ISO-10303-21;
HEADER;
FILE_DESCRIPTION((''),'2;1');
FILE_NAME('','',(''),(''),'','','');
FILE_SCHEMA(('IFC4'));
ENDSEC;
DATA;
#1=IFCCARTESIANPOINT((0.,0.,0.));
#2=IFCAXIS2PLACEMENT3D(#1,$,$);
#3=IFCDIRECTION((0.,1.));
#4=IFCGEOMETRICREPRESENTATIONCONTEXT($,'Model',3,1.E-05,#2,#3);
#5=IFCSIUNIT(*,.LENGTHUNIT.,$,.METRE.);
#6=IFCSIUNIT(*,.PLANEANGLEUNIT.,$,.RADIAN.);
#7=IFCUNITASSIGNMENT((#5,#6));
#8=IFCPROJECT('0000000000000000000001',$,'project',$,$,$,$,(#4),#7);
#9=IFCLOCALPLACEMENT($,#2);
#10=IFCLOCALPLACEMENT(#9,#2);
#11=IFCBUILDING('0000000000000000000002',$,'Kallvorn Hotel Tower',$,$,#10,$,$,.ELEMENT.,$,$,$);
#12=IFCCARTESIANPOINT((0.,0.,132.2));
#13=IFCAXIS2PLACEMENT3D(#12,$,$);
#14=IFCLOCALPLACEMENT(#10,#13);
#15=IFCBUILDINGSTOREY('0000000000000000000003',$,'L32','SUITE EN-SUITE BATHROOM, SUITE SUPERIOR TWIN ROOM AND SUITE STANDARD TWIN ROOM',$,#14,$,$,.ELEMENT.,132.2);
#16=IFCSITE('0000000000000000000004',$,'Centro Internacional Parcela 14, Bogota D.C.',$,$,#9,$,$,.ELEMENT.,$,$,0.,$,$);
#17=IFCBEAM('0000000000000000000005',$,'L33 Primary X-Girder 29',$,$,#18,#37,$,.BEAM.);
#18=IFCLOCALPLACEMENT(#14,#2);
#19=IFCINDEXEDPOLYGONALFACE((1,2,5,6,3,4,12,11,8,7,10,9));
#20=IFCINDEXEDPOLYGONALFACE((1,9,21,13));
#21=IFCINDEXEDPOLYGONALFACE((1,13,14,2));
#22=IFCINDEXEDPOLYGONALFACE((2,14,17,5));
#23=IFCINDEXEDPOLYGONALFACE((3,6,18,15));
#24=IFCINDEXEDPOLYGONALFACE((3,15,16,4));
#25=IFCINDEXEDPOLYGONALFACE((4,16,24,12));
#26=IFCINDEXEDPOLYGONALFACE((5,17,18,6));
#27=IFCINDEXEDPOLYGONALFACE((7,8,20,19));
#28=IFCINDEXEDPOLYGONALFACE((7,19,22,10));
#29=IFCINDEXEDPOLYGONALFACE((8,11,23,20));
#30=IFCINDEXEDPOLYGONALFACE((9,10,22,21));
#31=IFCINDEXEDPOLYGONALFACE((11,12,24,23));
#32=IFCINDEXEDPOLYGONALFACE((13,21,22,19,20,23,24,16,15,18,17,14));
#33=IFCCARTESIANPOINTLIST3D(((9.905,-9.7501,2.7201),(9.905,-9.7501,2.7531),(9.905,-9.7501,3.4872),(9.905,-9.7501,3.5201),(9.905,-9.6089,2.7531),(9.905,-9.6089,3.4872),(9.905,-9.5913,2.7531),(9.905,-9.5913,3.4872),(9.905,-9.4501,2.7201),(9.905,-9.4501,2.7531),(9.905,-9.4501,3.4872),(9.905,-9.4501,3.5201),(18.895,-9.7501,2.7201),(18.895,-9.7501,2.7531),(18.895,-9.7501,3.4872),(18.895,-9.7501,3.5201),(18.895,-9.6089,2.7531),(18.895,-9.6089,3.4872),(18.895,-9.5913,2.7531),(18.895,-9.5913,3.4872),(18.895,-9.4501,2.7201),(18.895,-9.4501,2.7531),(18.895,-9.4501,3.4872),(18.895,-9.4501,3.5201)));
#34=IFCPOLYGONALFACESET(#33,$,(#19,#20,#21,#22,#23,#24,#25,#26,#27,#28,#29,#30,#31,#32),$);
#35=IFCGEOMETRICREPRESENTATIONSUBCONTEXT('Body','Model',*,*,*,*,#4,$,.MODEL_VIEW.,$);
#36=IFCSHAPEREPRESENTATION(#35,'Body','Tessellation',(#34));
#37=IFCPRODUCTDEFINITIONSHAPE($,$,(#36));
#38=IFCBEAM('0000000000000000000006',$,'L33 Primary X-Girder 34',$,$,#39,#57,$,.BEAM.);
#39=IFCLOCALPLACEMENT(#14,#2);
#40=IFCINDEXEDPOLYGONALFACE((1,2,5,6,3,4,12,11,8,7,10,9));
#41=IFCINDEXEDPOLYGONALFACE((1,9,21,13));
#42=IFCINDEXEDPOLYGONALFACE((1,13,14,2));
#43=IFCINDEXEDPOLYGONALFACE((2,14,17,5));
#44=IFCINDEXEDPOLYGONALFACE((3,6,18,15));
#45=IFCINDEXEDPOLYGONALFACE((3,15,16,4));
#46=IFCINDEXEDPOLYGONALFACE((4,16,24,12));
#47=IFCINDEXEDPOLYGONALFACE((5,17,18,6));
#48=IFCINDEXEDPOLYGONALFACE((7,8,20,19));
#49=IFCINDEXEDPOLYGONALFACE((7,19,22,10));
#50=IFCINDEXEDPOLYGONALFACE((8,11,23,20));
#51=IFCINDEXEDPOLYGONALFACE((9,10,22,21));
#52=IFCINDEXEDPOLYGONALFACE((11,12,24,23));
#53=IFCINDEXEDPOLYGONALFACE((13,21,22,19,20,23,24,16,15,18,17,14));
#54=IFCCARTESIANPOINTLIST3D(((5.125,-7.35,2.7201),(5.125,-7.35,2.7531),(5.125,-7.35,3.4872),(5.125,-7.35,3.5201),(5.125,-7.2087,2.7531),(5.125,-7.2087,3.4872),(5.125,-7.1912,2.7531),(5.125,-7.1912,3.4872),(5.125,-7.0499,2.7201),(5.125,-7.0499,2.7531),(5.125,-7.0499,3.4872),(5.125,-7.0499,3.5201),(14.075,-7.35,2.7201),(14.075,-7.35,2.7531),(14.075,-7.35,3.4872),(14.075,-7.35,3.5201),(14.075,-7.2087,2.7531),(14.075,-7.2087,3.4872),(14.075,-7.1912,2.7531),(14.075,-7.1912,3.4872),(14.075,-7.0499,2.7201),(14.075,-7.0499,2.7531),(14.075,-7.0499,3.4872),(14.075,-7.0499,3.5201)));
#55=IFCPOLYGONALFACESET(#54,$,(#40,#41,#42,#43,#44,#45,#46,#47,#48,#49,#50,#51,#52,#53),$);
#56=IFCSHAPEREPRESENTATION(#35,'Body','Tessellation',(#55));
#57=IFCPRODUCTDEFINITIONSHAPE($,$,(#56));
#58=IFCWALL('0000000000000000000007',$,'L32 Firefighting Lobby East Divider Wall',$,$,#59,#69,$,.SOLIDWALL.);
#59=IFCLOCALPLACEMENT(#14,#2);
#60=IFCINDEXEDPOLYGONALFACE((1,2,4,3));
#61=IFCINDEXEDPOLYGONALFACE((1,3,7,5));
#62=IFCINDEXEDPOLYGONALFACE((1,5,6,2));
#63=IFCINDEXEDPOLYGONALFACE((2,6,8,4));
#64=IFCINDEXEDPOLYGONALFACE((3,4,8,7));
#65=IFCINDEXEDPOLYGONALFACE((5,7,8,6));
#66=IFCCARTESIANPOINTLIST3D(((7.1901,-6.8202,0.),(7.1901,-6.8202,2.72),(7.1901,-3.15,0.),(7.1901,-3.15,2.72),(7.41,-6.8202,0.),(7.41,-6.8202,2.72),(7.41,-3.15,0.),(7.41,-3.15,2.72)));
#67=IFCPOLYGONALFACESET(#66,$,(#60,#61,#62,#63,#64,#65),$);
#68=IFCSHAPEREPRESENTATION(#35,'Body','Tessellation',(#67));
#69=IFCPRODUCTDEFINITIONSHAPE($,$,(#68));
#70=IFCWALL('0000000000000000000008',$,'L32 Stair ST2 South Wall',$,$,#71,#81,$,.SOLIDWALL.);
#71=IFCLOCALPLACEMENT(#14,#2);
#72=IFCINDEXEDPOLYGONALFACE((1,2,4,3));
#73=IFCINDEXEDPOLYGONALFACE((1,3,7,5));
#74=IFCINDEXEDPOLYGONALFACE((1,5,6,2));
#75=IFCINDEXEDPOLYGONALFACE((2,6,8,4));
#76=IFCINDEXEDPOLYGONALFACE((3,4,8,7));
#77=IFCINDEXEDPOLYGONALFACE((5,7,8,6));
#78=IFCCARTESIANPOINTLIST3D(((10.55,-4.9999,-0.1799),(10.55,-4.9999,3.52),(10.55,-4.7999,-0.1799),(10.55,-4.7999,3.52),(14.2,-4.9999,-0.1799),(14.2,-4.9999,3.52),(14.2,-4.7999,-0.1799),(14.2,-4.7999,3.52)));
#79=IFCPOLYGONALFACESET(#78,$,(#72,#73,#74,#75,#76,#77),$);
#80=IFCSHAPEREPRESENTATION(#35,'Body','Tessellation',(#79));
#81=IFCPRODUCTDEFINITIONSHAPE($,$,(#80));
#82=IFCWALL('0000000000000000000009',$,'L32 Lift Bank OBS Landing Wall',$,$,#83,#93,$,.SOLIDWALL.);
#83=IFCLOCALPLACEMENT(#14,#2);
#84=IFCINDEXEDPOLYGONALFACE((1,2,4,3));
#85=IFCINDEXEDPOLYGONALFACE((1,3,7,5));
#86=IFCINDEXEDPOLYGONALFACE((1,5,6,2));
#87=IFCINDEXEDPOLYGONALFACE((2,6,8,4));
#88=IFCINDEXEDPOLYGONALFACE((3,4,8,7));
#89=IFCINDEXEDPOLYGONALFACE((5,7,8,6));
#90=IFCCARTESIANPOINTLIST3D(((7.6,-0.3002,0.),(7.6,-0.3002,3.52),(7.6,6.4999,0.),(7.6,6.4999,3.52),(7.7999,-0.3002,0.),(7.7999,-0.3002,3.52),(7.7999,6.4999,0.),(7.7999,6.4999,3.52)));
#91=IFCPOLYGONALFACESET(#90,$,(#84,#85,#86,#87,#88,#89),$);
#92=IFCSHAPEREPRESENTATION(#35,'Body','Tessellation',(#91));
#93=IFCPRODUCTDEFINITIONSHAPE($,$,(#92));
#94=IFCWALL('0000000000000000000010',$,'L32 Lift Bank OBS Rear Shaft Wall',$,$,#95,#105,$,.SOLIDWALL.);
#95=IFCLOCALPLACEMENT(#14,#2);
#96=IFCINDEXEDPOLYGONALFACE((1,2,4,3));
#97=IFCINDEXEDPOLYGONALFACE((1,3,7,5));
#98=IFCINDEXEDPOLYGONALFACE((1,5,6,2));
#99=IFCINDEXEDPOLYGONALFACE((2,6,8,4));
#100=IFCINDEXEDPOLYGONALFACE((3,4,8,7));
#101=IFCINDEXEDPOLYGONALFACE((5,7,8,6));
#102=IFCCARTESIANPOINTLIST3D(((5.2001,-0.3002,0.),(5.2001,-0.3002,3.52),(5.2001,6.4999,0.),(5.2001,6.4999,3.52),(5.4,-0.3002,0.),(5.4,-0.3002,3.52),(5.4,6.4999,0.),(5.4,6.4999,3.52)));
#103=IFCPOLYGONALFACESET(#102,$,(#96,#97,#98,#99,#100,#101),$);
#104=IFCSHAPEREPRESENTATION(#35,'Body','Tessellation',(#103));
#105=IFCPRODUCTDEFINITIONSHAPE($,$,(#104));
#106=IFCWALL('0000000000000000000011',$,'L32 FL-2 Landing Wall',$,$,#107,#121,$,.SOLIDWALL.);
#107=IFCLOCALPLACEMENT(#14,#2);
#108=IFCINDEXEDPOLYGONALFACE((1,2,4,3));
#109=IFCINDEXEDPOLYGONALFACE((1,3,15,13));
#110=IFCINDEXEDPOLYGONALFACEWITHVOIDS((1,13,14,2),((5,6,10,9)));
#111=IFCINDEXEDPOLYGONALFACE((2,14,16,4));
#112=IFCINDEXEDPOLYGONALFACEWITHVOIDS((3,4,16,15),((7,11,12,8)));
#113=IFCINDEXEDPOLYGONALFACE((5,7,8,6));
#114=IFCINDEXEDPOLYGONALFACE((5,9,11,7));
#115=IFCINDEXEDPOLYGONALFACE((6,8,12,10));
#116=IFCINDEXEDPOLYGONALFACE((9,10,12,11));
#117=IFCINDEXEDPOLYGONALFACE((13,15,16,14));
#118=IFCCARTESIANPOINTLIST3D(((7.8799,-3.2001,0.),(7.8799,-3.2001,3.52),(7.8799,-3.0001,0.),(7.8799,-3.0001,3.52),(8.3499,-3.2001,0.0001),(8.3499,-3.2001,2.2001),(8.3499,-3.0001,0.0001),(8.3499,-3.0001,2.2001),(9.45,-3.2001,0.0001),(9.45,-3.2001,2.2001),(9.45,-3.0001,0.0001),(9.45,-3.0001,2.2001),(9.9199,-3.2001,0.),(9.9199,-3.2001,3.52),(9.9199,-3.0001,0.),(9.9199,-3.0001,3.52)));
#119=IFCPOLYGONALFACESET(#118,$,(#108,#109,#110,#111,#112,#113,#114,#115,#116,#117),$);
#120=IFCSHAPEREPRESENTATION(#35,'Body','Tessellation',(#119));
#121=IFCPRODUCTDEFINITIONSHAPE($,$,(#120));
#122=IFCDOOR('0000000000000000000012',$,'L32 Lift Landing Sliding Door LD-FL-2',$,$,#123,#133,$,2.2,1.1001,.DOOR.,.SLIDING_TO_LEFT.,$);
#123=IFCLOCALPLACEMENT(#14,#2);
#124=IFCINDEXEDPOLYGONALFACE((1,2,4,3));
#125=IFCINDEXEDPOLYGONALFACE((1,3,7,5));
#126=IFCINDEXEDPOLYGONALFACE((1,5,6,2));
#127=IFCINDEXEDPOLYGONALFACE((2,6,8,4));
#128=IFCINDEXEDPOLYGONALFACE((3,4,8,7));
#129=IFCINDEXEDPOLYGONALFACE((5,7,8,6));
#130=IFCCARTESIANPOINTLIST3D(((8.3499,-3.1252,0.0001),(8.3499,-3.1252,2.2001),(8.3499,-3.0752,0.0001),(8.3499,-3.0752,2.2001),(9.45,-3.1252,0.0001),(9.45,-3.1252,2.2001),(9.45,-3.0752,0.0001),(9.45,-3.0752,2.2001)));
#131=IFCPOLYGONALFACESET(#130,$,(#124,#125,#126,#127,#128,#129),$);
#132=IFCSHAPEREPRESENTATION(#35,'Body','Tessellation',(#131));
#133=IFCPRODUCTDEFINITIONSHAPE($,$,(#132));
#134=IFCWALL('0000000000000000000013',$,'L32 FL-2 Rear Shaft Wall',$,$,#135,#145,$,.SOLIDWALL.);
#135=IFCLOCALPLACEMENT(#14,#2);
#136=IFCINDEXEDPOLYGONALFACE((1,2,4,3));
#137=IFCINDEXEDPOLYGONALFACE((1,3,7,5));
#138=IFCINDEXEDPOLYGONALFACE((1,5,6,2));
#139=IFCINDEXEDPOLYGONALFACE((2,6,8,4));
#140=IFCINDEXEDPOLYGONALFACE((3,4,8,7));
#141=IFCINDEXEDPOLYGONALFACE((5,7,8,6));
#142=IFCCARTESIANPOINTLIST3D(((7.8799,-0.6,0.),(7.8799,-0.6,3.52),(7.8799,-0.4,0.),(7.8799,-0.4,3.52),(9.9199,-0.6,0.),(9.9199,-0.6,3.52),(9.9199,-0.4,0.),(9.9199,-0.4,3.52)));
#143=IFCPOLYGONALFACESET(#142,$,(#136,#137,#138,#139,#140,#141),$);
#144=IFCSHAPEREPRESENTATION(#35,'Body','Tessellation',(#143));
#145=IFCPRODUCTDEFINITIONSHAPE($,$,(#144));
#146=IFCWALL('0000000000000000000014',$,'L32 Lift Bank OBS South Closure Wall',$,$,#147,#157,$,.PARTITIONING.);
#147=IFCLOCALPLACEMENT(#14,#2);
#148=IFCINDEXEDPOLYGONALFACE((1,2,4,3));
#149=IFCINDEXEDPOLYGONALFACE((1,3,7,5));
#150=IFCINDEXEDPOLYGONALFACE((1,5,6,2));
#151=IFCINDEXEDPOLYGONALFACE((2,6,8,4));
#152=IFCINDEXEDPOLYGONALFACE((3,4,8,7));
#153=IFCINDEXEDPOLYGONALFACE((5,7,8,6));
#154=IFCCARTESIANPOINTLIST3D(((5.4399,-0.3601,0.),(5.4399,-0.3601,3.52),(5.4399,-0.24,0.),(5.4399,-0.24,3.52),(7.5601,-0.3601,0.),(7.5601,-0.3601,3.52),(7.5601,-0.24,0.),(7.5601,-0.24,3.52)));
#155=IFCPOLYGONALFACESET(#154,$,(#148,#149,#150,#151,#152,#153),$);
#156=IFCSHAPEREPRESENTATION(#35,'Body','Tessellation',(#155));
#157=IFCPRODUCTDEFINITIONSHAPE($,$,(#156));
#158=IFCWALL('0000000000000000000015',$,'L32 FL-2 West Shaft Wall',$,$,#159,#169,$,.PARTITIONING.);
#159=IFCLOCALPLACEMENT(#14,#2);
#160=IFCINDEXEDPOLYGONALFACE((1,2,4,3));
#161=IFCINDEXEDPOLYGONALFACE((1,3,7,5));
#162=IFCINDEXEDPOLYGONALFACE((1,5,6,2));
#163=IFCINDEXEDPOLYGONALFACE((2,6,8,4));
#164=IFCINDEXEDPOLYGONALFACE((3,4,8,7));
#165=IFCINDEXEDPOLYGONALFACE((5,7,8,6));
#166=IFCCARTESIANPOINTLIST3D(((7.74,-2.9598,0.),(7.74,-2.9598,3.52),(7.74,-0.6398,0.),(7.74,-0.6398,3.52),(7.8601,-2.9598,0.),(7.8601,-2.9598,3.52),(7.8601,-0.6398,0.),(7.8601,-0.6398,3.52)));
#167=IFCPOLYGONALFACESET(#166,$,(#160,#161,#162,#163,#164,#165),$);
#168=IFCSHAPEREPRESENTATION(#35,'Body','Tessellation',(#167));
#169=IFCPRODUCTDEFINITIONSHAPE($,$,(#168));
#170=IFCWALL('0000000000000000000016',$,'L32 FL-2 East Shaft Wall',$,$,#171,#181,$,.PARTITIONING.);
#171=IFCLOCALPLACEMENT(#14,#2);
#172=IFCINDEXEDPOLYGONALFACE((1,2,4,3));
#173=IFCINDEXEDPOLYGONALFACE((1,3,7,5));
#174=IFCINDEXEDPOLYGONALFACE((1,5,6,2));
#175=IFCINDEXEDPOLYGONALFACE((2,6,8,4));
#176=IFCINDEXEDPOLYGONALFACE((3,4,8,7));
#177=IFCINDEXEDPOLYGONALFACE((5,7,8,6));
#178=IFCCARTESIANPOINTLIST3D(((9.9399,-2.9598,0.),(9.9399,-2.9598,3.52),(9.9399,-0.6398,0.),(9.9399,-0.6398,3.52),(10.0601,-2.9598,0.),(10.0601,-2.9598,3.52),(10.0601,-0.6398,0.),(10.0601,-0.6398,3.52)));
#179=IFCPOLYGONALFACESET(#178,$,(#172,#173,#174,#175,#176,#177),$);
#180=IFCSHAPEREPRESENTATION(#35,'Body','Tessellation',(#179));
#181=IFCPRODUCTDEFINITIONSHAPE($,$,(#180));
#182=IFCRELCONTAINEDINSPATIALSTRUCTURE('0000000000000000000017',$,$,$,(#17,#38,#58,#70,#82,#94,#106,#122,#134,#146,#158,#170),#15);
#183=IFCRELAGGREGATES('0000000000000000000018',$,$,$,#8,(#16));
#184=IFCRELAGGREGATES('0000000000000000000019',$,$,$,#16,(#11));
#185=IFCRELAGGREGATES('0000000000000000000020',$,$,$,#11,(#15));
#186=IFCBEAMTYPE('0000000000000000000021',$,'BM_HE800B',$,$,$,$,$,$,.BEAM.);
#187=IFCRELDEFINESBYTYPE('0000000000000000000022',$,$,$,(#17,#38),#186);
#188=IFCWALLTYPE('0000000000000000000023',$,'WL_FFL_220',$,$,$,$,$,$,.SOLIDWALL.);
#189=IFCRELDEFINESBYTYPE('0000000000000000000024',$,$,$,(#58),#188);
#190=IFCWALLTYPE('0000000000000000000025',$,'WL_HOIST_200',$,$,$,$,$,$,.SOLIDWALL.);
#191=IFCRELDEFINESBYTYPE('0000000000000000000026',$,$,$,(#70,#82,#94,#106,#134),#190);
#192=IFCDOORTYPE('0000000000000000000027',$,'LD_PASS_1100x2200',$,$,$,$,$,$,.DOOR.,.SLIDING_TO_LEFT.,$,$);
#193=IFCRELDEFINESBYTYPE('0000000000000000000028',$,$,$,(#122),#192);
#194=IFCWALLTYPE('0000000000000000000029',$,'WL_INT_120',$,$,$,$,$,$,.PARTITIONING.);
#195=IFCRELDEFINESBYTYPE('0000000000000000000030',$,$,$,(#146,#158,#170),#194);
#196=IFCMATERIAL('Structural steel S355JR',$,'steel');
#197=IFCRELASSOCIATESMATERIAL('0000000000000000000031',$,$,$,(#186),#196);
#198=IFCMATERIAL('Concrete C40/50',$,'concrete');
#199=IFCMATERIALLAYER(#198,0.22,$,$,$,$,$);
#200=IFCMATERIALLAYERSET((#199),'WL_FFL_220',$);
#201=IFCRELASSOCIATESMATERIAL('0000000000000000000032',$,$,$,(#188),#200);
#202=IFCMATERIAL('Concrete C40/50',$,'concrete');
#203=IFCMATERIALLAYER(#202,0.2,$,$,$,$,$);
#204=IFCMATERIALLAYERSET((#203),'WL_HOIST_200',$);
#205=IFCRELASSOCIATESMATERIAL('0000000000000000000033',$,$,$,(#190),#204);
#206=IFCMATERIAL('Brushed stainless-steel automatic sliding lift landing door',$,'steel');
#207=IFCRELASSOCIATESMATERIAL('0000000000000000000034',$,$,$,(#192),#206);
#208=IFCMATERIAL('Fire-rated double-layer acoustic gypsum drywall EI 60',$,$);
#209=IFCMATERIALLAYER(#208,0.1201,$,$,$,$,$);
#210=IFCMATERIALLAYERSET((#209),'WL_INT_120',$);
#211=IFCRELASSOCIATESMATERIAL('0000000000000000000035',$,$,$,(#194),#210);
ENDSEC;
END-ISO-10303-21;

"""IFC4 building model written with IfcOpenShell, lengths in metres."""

from ifc_helpers import new_model, si_unit, direction, frame, frame_2d, origin, origin_2d, place, context, subcontext, project, spatial, rectangle, i_section, extrude, material, layer, layer_set, material_profile, profile_set, type_object, element, fill, save


model = new_model("IFC4")

# Units and contexts
model_context = context("Model", 3, precision=1e-05, world=origin(), true_north=direction((0.0, 1.0)))
body_context = subcontext(model_context, "Body", "Model", "MODEL_VIEW")
ifc_project = project(units=[si_unit("LENGTHUNIT", "METRE"), si_unit("PLANEANGLEUNIT", "RADIAN")], contexts=[model_context])

# Site, building, storey
site_placement = place(None, origin())
site = spatial("IfcSite", under=ifc_project, at=site_placement, Name="Centro Internacional Parcela 14, Bogota D.C.", CompositionType="ELEMENT", RefElevation=0.0)
building_placement = place(site_placement, origin())
building = spatial("IfcBuilding", under=site, at=building_placement, Name="Kallvorn Hotel Tower", CompositionType="ELEMENT")
storey_placement = place(building_placement, frame((0.0, 0.0, 132.2)))
storey = spatial("IfcBuildingStorey", under=building, at=storey_placement, Name="L32", Description="SUITE EN-SUITE BATHROOM, SUITE SUPERIOR TWIN ROOM AND SUITE STANDARD TWIN ROOM", CompositionType="ELEMENT", Elevation=132.2)

# Beams
ifc_material_1 = material(Name="Structural steel S355JR", Category="steel")
ifc_material_profile = material_profile(ifc_material_1, i_section(OverallWidth=0.3, OverallDepth=0.8, WebThickness=0.0176, FlangeThickness=0.033, at=origin_2d()), Name="HE 800 B")
ifc_profile_set = profile_set([ifc_material_profile], Name="Structural steel S355JR")
beam_type = type_object("IfcBeamType", Name="BM_HE800B", PredefinedType="BEAM", material=ifc_profile_set)
beam_1_placement = place(storey_placement, frame((9.905, -9.6001, 3.1201), z_axis=(1.0, 0.0, 0.0), x_axis=(0.0, 1.0, 0.0)))
element("IfcBeam", 1, at=beam_1_placement, inside=storey, type_object=beam_type, Name="L33 Primary X-Girder 29", PredefinedType="BEAM", context=body_context, shape_type="SweptSolid", body=[
    extrude(i_section(OverallWidth=0.3, OverallDepth=0.8, WebThickness=0.0176, FlangeThickness=0.033, at=origin_2d()), origin(), (0.0, 0.0, 1.0), 8.99),
])
beam_2_placement = place(storey_placement, frame((5.125, -7.2, 3.1201), z_axis=(1.0, 0.0, 0.0), x_axis=(0.0, 1.0, 0.0)))
element("IfcBeam", 2, at=beam_2_placement, inside=storey, type_object=beam_type, Name="L33 Primary X-Girder 34", PredefinedType="BEAM", context=body_context, shape_type="SweptSolid", body=[
    extrude(i_section(OverallWidth=0.3, OverallDepth=0.8, WebThickness=0.0176, FlangeThickness=0.033, at=origin_2d()), origin(), (0.0, 0.0, 1.0), 8.95),
])

# Walls
ifc_material_2 = material(Name="Concrete C40/50", Category="concrete")
ifc_layer_1 = layer(ifc_material_2, 0.22)
ifc_layer_set_1 = layer_set([ifc_layer_1], Name="WL_FFL_220")
wall_type_1 = type_object("IfcWallType", Name="WL_FFL_220", PredefinedType="SOLIDWALL", material=ifc_layer_set_1)
wall_1_placement = place(storey_placement, frame((7.3, -6.8201, 0.0), z_axis=(0.0, 0.0, 1.0), x_axis=(0.0, 1.0, 0.0)))
element("IfcWall", 3, at=wall_1_placement, inside=storey, type_object=wall_type_1, Name="L32 Firefighting Lobby East Divider Wall", PredefinedType="SOLIDWALL", context=body_context, shape_type="SweptSolid", body=[
    extrude(rectangle(XDim=3.6702, YDim=0.22, at=frame_2d((1.835, 0.0))), origin(), (0.0, 0.0, 1.0), 2.72),
])
ifc_material_3 = material(Name="Concrete C40/50", Category="concrete")
ifc_layer_2 = layer(ifc_material_3, 0.2)
ifc_layer_set_2 = layer_set([ifc_layer_2], Name="WL_HOIST_200")
wall_type_2 = type_object("IfcWallType", Name="WL_HOIST_200", PredefinedType="SOLIDWALL", material=ifc_layer_set_2)
wall_2_placement = place(storey_placement, frame((10.55, -4.8999, -0.1799), z_axis=(0.0, 0.0, 1.0), x_axis=(1.0, 0.0, 0.0)))
element("IfcWall", 4, at=wall_2_placement, inside=storey, type_object=wall_type_2, Name="L32 Stair ST2 South Wall", PredefinedType="SOLIDWALL", context=body_context, shape_type="SweptSolid", body=[
    extrude(rectangle(XDim=3.6499, YDim=0.2, at=frame_2d((1.825, 0.0))), origin(), (0.0, 0.0, 1.0), 3.7),
])
for number, where, z_axis, x_axis, name in (
    (5, (7.7, -0.3, 0.0), (0.0, 0.0, 1.0), (0.0, 1.0, 0.0), "L32 Lift Bank OBS Landing Wall"),
    (6, (5.3, -0.3, 0.0), (0.0, 0.0, 1.0), (0.0, 1.0, 0.0), "L32 Lift Bank OBS Rear Shaft Wall"),
):
    element("IfcWall", number, at=place(storey_placement, frame(where, z_axis=z_axis, x_axis=x_axis)), inside=storey, type_object=wall_type_2, Name=name, PredefinedType="SOLIDWALL", context=body_context, shape_type="SweptSolid", body=[
        extrude(rectangle(XDim=6.8, YDim=0.2, at=frame_2d((3.3999, 0.0))), origin(), (0.0, 0.0, 1.0), 3.52),
    ])

# Wall, opening, door
wall_3_placement = place(storey_placement, frame((7.8799, -3.1001, 0.0), z_axis=(0.0, 0.0, 1.0), x_axis=(1.0, 0.0, 0.0)))
wall_3 = element("IfcWall", 7, at=wall_3_placement, inside=storey, type_object=wall_type_2, Name="L32 FL-2 Landing Wall", PredefinedType="SOLIDWALL", context=body_context, shape_type="SweptSolid", body=[
    extrude(rectangle(XDim=2.04, YDim=0.2, at=frame_2d((1.02, 0.0))), origin(), (0.0, 0.0, 1.0), 3.52),
])
opening_1_placement = place(wall_3_placement, frame((0.47, 0.0, 0.0)))
opening_1 = element("IfcOpeningElement", 8, at=opening_1_placement, cuts=wall_3, PredefinedType="OPENING", context=body_context, shape_type="SweptSolid", body=[
    extrude(rectangle(XDim=1.1001, YDim=2.2, at=frame_2d((0.55, 1.1001))), frame((0.0, 0.115, 0.0), z_axis=(0.0, -1.0, 0.0), x_axis=(1.0, 0.0, 0.0)), (0.0, 0.0, 1.0), 0.23),
])
ifc_material_4 = material(Name="Brushed stainless-steel automatic sliding lift landing door", Category="steel")
door_type_1 = type_object("IfcDoorType", Name="LD_PASS_1100x2200", OperationType="SLIDING_TO_LEFT", PredefinedType="DOOR", material=ifc_material_4)
door_1_placement = place(opening_1_placement, origin())
door_1 = element("IfcDoor", 9, at=door_1_placement, inside=storey, type_object=door_type_1, Name="L32 Lift Landing Sliding Door LD-FL-2", OperationType="SLIDING_TO_LEFT", OverallHeight=2.2, OverallWidth=1.1001, PredefinedType="DOOR", context=body_context, shape_type="SweptSolid", body=[
    extrude(rectangle(XDim=1.1001, YDim=2.2, at=frame_2d((0.55, 1.1001))), frame((0.0, 0.0249, 0.0), z_axis=(0.0, -1.0, 0.0), x_axis=(1.0, 0.0, 0.0)), (0.0, 0.0, 1.0), 0.05),
])
fill(opening_1, door_1)

# Walls
wall_4_placement = place(storey_placement, frame((7.8799, -0.5, 0.0), z_axis=(0.0, 0.0, 1.0), x_axis=(1.0, 0.0, 0.0)))
element("IfcWall", 10, at=wall_4_placement, inside=storey, type_object=wall_type_2, Name="L32 FL-2 Rear Shaft Wall", PredefinedType="SOLIDWALL", context=body_context, shape_type="SweptSolid", body=[
    extrude(rectangle(XDim=2.04, YDim=0.2, at=frame_2d((1.02, 0.0))), origin(), (0.0, 0.0, 1.0), 3.52),
])
ifc_material_5 = material(Name="Fire-rated double-layer acoustic gypsum drywall EI 60")
ifc_layer_3 = layer(ifc_material_5, 0.1201)
ifc_layer_set_3 = layer_set([ifc_layer_3], Name="WL_INT_120")
wall_type_3 = type_object("IfcWallType", Name="WL_INT_120", PredefinedType="PARTITIONING", material=ifc_layer_set_3)
wall_5_placement = place(storey_placement, frame((5.4399, -0.3, 0.0), z_axis=(0.0, 0.0, 1.0), x_axis=(1.0, 0.0, 0.0)))
element("IfcWall", 11, at=wall_5_placement, inside=storey, type_object=wall_type_3, Name="L32 Lift Bank OBS South Closure Wall", PredefinedType="PARTITIONING", context=body_context, shape_type="SweptSolid", body=[
    extrude(rectangle(XDim=2.1201, YDim=0.1201, at=frame_2d((1.0601, 0.0))), origin(), (0.0, 0.0, 1.0), 3.52),
])
for number, where, z_axis, x_axis, name in (
    (12, (7.8, -2.96, 0.0), (0.0, 0.0, 1.0), (0.0, 1.0, 0.0), "L32 FL-2 West Shaft Wall"),
    (13, (10.0, -2.96, 0.0), (0.0, 0.0, 1.0), (0.0, 1.0, 0.0), "L32 FL-2 East Shaft Wall"),
):
    element("IfcWall", number, at=place(storey_placement, frame(where, z_axis=z_axis, x_axis=x_axis)), inside=storey, type_object=wall_type_3, Name=name, PredefinedType="PARTITIONING", context=body_context, shape_type="SweptSolid", body=[
        extrude(rectangle(XDim=2.3201, YDim=0.1201, at=frame_2d((1.1602, 0.0))), origin(), (0.0, 0.0, 1.0), 3.52),
    ])

save(model, "model.ifc")
